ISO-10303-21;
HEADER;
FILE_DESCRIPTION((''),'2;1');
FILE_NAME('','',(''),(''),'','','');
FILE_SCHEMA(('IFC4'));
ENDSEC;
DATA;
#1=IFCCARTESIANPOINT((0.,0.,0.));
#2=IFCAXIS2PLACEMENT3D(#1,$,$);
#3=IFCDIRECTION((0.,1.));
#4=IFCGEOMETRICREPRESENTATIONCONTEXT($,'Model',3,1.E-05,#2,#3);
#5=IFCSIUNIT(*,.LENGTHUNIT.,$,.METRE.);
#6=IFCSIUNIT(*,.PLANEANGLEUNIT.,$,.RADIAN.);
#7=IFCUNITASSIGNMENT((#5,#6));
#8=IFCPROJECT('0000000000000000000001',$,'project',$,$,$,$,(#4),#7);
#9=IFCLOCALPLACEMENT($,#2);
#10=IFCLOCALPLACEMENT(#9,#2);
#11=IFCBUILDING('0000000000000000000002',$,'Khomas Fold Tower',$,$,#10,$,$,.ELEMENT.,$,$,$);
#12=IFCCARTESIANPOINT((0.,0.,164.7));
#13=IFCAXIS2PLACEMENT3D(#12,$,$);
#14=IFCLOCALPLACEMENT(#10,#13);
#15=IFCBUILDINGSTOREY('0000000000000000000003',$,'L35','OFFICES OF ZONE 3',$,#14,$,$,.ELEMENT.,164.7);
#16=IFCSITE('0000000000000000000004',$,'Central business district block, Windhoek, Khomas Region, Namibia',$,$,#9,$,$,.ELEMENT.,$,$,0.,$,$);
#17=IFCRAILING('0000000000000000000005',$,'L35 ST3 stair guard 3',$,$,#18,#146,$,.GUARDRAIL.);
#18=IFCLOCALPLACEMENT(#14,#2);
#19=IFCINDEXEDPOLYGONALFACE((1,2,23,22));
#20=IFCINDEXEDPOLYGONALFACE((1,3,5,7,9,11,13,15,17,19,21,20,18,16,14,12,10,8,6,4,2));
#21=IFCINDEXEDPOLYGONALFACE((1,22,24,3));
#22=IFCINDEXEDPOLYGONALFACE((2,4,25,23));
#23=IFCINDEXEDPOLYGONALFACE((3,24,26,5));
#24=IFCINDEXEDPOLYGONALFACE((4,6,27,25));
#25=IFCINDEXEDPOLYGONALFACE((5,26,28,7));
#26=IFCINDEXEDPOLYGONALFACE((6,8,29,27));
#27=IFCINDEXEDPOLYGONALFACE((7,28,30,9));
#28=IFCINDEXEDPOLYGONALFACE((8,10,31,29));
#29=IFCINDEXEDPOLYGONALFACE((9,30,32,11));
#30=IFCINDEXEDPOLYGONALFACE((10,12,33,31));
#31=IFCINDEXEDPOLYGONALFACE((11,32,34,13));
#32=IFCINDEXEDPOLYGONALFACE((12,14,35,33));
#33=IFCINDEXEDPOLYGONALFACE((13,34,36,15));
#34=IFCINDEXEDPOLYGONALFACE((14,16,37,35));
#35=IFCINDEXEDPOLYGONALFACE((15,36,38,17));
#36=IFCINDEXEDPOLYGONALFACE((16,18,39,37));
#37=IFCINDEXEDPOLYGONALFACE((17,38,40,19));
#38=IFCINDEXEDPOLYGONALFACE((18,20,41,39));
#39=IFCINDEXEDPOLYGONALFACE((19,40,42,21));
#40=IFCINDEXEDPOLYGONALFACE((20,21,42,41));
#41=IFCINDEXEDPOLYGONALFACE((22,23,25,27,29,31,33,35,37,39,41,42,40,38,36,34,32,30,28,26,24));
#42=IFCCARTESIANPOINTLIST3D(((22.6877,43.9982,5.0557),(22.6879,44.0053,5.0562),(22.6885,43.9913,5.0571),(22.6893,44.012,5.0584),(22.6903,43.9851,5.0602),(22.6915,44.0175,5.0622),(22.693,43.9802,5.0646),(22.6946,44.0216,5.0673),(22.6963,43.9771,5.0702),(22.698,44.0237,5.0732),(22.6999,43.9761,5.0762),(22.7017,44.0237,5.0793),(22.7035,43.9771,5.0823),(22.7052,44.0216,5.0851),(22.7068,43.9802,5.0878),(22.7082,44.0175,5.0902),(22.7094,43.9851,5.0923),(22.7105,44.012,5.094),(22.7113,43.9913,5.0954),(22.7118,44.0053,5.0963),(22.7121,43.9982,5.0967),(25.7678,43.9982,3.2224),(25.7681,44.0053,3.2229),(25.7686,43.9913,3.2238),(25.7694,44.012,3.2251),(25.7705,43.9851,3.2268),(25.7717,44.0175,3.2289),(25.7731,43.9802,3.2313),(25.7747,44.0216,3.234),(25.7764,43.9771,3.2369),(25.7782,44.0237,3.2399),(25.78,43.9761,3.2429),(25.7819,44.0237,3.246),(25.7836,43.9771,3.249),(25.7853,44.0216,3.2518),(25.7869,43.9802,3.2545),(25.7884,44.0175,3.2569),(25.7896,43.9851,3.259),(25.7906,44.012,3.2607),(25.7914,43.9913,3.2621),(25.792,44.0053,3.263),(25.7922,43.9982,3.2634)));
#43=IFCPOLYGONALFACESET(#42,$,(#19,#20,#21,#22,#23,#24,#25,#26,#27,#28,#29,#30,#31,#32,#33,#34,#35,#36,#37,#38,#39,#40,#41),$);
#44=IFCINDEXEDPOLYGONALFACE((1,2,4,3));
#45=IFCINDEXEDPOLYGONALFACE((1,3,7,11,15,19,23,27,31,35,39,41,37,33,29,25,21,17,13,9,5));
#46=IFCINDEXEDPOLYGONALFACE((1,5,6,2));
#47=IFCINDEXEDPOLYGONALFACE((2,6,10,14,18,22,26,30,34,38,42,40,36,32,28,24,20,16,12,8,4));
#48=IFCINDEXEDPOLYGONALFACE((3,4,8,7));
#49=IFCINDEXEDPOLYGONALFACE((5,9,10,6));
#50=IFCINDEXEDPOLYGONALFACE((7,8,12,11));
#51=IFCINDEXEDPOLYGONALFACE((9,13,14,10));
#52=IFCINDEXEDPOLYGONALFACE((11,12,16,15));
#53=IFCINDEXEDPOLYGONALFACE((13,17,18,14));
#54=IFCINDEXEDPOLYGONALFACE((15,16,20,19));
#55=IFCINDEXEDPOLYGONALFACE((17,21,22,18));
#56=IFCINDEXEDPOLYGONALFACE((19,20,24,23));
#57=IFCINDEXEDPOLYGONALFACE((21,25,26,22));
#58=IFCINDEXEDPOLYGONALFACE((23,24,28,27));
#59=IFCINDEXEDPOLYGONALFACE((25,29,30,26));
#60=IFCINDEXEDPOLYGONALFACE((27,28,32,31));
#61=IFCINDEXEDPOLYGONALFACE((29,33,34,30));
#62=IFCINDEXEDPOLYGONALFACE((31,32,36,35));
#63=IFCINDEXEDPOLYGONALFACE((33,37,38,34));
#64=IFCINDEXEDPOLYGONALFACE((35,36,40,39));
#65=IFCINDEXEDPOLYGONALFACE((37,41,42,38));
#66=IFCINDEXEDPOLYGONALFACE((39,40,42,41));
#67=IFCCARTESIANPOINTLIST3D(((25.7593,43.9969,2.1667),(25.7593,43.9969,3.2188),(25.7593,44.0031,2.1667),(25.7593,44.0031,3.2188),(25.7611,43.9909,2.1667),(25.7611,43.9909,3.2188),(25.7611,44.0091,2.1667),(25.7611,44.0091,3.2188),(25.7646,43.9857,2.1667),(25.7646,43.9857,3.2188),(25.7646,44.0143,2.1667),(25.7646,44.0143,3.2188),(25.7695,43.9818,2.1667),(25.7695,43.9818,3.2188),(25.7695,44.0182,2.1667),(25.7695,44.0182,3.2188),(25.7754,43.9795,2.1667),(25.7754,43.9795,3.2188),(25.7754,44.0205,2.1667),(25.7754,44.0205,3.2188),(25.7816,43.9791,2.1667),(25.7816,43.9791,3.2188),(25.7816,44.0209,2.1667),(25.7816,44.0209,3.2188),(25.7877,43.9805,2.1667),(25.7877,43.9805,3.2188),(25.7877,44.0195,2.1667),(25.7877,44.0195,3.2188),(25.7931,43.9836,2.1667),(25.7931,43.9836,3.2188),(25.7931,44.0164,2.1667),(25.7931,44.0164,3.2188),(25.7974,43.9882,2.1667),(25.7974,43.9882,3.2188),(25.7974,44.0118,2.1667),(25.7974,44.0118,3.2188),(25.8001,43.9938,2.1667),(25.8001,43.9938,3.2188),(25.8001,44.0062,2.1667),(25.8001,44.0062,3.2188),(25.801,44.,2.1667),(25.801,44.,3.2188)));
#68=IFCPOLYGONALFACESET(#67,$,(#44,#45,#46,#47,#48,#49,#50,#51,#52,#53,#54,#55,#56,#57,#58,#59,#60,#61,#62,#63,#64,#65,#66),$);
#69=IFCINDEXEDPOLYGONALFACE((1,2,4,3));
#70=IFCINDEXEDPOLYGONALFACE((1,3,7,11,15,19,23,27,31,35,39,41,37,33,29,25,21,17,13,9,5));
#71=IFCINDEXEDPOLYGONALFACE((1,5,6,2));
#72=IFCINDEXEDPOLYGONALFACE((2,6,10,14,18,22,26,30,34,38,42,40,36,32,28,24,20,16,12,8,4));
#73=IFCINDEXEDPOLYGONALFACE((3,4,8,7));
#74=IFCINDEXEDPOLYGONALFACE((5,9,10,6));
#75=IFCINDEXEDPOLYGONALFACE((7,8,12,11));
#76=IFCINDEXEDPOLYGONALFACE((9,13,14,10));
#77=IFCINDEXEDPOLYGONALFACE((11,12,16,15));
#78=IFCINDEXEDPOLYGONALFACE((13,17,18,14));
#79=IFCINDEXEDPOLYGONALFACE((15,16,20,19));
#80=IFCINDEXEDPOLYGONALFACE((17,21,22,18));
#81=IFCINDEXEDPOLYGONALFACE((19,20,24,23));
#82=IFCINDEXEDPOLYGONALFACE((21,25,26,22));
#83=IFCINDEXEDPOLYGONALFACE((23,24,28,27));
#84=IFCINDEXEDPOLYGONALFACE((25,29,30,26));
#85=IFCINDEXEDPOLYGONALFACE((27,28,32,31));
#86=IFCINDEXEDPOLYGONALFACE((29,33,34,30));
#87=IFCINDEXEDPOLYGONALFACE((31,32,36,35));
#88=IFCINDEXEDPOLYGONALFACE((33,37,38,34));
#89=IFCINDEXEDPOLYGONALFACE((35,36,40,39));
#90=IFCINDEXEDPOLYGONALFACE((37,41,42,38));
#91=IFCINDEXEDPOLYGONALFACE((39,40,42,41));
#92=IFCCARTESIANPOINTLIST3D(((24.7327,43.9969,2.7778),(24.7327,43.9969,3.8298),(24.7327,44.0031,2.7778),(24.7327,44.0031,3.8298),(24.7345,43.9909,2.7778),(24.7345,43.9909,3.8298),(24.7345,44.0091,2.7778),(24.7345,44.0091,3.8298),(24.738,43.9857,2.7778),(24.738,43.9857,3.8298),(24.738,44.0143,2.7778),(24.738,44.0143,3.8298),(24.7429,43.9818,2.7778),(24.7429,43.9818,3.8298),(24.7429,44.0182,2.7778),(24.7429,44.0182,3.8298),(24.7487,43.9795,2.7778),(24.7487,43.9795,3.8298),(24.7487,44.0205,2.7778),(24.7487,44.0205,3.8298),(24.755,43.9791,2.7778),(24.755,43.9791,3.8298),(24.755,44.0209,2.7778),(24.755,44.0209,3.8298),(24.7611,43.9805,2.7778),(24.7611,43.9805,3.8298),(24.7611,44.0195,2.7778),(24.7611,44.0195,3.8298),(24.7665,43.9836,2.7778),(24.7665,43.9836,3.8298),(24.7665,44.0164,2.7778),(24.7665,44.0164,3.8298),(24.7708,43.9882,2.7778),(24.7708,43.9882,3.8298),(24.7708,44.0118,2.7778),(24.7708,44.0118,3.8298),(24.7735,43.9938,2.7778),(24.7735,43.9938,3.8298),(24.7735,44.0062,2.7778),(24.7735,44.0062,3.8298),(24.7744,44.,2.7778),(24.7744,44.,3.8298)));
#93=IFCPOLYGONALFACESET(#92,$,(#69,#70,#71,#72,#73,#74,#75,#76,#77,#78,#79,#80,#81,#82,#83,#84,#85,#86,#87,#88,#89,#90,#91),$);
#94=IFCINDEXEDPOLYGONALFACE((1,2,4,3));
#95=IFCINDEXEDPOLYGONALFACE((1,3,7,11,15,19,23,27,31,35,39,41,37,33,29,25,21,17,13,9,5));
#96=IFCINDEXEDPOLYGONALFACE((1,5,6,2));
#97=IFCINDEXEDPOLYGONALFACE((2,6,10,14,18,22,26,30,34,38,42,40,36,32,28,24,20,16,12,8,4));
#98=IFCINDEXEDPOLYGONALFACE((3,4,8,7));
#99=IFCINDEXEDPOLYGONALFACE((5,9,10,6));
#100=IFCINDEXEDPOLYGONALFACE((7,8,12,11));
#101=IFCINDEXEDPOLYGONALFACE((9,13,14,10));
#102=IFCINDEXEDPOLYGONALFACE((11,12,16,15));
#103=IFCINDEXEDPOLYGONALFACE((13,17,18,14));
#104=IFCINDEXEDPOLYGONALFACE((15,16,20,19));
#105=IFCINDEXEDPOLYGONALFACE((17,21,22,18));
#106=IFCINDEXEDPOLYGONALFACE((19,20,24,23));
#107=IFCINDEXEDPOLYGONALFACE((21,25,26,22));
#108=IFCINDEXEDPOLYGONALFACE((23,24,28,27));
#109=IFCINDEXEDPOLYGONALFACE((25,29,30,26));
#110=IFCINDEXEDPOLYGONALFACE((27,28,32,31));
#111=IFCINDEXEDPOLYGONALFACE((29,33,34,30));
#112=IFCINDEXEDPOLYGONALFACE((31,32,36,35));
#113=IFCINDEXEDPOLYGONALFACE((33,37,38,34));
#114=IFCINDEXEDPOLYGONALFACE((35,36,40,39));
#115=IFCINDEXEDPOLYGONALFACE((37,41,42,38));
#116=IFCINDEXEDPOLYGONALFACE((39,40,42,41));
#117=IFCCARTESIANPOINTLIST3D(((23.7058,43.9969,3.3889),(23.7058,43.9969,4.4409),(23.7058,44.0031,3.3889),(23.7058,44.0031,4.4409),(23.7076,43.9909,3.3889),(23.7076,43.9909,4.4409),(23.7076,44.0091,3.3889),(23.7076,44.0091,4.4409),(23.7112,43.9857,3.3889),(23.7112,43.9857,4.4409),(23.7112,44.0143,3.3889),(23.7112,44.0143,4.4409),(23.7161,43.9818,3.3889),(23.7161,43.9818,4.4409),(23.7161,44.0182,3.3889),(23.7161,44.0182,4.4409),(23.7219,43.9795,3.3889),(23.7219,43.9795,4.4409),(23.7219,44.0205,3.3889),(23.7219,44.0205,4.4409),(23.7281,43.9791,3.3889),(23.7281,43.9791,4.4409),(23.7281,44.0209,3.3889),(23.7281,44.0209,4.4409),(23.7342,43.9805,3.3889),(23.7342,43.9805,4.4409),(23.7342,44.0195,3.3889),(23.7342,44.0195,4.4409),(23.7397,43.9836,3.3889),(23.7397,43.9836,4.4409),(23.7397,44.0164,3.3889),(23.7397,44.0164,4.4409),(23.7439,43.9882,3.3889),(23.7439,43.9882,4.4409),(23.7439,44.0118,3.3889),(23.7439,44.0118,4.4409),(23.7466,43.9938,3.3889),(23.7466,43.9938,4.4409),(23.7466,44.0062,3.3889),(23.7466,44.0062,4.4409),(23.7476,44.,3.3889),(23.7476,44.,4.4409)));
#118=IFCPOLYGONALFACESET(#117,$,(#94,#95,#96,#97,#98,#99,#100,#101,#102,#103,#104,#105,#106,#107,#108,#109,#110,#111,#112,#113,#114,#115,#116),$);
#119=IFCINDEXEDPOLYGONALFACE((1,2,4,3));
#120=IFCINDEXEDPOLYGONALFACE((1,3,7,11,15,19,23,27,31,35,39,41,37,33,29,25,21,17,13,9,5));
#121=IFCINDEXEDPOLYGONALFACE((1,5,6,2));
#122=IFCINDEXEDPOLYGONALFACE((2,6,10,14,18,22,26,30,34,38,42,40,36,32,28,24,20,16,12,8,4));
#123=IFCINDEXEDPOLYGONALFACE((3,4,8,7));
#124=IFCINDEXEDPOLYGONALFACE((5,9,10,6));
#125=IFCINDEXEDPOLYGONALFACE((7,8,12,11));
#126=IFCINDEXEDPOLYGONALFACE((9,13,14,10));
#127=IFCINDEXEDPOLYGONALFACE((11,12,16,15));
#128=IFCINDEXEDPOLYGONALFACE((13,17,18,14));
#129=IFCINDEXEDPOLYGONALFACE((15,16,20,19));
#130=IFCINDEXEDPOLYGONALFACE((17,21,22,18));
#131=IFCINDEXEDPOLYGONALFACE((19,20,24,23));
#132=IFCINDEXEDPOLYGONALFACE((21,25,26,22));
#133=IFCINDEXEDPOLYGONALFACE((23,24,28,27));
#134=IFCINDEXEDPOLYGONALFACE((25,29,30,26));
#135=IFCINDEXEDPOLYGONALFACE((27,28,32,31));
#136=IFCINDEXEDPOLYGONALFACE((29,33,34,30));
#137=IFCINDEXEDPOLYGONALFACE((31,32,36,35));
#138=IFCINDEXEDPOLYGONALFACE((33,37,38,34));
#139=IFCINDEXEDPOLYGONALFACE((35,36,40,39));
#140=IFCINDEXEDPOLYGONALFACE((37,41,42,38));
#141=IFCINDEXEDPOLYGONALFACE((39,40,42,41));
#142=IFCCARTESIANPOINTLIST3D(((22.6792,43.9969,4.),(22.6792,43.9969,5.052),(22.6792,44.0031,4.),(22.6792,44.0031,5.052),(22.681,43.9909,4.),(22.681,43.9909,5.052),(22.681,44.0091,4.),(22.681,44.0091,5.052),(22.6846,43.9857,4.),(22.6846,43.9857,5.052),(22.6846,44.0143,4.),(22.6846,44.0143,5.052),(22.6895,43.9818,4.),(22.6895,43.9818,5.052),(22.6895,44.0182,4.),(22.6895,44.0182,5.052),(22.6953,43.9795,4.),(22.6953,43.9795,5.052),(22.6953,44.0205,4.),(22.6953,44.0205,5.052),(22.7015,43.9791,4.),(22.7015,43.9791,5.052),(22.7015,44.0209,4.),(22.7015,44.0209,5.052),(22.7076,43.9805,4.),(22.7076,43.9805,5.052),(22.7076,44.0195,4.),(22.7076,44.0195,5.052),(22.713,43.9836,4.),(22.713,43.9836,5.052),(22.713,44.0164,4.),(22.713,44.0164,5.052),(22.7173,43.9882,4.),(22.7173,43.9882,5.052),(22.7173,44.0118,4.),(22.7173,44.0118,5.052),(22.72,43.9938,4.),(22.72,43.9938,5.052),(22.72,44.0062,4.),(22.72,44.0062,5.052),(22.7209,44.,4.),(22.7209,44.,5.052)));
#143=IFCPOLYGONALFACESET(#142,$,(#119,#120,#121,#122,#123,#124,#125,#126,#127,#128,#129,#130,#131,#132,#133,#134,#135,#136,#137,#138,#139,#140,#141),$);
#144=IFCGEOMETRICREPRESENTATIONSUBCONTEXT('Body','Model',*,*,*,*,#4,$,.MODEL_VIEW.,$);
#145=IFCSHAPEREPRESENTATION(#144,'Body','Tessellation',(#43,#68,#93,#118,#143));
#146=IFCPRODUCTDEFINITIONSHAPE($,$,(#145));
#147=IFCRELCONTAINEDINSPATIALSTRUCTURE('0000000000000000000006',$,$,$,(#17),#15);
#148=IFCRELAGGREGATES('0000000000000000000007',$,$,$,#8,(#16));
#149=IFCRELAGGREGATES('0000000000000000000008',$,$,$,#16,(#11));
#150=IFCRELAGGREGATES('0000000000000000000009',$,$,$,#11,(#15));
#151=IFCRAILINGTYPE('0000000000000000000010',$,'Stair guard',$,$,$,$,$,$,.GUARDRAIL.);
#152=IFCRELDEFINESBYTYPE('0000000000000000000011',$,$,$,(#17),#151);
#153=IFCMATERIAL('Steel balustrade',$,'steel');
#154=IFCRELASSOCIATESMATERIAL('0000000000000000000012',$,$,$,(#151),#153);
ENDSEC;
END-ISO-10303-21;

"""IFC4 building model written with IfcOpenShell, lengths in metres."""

from ifc_helpers import new_model, si_unit, direction, frame, origin, origin_2d, place, context, subcontext, project, spatial, circle, extrude, source, transform, mapped, material, type_object, element, save


model = new_model("IFC4")

# Units and contexts
model_context = context("Model", 3, precision=1e-05, world=origin(), true_north=direction((0.0, 1.0)))
body_context = subcontext(model_context, "Body", "Model", "MODEL_VIEW")
ifc_project = project(units=[si_unit("LENGTHUNIT", "METRE"), si_unit("PLANEANGLEUNIT", "RADIAN")], contexts=[model_context])

# Site, building, storey
site_placement = place(None, origin())
site = spatial("IfcSite", under=ifc_project, at=site_placement, Name="Central business district block, Windhoek, Khomas Region, Namibia", CompositionType="ELEMENT", RefElevation=0.0)
building_placement = place(site_placement, origin())
building = spatial("IfcBuilding", under=site, at=building_placement, Name="Khomas Fold Tower", CompositionType="ELEMENT")
storey_placement = place(building_placement, frame((0.0, 0.0, 164.7)))
storey = spatial("IfcBuildingStorey", under=building, at=storey_placement, Name="L35", Description="OFFICES OF ZONE 3", CompositionType="ELEMENT", Elevation=164.7)

# Railing
ifc_material_1 = material(Name="Steel balustrade", Category="steel")
railing_type_1 = type_object("IfcRailingType", Name="Stair guard", PredefinedType="GUARDRAIL", material=ifc_material_1)
shared_shape_1 = source(origin(), body_context, "Body", "SweptSolid", [
    extrude(circle(Radius=0.0239, at=origin_2d()), frame((0.0, 0.0, 1.0762), z_axis=(-0.859309, 0.0, 0.511458), x_axis=(0.0, -1.0, 0.0)), (0.0, 0.0, 1.0), 3.5845),
    extrude(circle(Radius=0.021, at=origin_2d()), origin(), (0.0, 0.0, 1.0), 1.052),
    extrude(circle(Radius=0.021, at=origin_2d()), frame((-1.0266, 0.0, 0.6111)), (0.0, 0.0, 1.0), 1.052),
    extrude(circle(Radius=0.021, at=origin_2d()), frame((-2.0535, 0.0, 1.2222)), (0.0, 0.0, 1.0), 1.052),
    extrude(circle(Radius=0.021, at=origin_2d()), frame((-3.0801, 0.0, 1.8333)), (0.0, 0.0, 1.0), 1.052),
])
railing_1_placement = place(storey_placement, frame((25.78, 44.0, 2.1667)))
element("IfcRailing", 1, at=railing_1_placement, inside=storey, type_object=railing_type_1, Name="L35 ST3 stair guard 3", PredefinedType="GUARDRAIL", context=body_context, shape_type="MappedRepresentation", body=[
    mapped(shared_shape_1, transform((0.0, 0.0, 0.0))),
])

save(model, "model.ifc")
